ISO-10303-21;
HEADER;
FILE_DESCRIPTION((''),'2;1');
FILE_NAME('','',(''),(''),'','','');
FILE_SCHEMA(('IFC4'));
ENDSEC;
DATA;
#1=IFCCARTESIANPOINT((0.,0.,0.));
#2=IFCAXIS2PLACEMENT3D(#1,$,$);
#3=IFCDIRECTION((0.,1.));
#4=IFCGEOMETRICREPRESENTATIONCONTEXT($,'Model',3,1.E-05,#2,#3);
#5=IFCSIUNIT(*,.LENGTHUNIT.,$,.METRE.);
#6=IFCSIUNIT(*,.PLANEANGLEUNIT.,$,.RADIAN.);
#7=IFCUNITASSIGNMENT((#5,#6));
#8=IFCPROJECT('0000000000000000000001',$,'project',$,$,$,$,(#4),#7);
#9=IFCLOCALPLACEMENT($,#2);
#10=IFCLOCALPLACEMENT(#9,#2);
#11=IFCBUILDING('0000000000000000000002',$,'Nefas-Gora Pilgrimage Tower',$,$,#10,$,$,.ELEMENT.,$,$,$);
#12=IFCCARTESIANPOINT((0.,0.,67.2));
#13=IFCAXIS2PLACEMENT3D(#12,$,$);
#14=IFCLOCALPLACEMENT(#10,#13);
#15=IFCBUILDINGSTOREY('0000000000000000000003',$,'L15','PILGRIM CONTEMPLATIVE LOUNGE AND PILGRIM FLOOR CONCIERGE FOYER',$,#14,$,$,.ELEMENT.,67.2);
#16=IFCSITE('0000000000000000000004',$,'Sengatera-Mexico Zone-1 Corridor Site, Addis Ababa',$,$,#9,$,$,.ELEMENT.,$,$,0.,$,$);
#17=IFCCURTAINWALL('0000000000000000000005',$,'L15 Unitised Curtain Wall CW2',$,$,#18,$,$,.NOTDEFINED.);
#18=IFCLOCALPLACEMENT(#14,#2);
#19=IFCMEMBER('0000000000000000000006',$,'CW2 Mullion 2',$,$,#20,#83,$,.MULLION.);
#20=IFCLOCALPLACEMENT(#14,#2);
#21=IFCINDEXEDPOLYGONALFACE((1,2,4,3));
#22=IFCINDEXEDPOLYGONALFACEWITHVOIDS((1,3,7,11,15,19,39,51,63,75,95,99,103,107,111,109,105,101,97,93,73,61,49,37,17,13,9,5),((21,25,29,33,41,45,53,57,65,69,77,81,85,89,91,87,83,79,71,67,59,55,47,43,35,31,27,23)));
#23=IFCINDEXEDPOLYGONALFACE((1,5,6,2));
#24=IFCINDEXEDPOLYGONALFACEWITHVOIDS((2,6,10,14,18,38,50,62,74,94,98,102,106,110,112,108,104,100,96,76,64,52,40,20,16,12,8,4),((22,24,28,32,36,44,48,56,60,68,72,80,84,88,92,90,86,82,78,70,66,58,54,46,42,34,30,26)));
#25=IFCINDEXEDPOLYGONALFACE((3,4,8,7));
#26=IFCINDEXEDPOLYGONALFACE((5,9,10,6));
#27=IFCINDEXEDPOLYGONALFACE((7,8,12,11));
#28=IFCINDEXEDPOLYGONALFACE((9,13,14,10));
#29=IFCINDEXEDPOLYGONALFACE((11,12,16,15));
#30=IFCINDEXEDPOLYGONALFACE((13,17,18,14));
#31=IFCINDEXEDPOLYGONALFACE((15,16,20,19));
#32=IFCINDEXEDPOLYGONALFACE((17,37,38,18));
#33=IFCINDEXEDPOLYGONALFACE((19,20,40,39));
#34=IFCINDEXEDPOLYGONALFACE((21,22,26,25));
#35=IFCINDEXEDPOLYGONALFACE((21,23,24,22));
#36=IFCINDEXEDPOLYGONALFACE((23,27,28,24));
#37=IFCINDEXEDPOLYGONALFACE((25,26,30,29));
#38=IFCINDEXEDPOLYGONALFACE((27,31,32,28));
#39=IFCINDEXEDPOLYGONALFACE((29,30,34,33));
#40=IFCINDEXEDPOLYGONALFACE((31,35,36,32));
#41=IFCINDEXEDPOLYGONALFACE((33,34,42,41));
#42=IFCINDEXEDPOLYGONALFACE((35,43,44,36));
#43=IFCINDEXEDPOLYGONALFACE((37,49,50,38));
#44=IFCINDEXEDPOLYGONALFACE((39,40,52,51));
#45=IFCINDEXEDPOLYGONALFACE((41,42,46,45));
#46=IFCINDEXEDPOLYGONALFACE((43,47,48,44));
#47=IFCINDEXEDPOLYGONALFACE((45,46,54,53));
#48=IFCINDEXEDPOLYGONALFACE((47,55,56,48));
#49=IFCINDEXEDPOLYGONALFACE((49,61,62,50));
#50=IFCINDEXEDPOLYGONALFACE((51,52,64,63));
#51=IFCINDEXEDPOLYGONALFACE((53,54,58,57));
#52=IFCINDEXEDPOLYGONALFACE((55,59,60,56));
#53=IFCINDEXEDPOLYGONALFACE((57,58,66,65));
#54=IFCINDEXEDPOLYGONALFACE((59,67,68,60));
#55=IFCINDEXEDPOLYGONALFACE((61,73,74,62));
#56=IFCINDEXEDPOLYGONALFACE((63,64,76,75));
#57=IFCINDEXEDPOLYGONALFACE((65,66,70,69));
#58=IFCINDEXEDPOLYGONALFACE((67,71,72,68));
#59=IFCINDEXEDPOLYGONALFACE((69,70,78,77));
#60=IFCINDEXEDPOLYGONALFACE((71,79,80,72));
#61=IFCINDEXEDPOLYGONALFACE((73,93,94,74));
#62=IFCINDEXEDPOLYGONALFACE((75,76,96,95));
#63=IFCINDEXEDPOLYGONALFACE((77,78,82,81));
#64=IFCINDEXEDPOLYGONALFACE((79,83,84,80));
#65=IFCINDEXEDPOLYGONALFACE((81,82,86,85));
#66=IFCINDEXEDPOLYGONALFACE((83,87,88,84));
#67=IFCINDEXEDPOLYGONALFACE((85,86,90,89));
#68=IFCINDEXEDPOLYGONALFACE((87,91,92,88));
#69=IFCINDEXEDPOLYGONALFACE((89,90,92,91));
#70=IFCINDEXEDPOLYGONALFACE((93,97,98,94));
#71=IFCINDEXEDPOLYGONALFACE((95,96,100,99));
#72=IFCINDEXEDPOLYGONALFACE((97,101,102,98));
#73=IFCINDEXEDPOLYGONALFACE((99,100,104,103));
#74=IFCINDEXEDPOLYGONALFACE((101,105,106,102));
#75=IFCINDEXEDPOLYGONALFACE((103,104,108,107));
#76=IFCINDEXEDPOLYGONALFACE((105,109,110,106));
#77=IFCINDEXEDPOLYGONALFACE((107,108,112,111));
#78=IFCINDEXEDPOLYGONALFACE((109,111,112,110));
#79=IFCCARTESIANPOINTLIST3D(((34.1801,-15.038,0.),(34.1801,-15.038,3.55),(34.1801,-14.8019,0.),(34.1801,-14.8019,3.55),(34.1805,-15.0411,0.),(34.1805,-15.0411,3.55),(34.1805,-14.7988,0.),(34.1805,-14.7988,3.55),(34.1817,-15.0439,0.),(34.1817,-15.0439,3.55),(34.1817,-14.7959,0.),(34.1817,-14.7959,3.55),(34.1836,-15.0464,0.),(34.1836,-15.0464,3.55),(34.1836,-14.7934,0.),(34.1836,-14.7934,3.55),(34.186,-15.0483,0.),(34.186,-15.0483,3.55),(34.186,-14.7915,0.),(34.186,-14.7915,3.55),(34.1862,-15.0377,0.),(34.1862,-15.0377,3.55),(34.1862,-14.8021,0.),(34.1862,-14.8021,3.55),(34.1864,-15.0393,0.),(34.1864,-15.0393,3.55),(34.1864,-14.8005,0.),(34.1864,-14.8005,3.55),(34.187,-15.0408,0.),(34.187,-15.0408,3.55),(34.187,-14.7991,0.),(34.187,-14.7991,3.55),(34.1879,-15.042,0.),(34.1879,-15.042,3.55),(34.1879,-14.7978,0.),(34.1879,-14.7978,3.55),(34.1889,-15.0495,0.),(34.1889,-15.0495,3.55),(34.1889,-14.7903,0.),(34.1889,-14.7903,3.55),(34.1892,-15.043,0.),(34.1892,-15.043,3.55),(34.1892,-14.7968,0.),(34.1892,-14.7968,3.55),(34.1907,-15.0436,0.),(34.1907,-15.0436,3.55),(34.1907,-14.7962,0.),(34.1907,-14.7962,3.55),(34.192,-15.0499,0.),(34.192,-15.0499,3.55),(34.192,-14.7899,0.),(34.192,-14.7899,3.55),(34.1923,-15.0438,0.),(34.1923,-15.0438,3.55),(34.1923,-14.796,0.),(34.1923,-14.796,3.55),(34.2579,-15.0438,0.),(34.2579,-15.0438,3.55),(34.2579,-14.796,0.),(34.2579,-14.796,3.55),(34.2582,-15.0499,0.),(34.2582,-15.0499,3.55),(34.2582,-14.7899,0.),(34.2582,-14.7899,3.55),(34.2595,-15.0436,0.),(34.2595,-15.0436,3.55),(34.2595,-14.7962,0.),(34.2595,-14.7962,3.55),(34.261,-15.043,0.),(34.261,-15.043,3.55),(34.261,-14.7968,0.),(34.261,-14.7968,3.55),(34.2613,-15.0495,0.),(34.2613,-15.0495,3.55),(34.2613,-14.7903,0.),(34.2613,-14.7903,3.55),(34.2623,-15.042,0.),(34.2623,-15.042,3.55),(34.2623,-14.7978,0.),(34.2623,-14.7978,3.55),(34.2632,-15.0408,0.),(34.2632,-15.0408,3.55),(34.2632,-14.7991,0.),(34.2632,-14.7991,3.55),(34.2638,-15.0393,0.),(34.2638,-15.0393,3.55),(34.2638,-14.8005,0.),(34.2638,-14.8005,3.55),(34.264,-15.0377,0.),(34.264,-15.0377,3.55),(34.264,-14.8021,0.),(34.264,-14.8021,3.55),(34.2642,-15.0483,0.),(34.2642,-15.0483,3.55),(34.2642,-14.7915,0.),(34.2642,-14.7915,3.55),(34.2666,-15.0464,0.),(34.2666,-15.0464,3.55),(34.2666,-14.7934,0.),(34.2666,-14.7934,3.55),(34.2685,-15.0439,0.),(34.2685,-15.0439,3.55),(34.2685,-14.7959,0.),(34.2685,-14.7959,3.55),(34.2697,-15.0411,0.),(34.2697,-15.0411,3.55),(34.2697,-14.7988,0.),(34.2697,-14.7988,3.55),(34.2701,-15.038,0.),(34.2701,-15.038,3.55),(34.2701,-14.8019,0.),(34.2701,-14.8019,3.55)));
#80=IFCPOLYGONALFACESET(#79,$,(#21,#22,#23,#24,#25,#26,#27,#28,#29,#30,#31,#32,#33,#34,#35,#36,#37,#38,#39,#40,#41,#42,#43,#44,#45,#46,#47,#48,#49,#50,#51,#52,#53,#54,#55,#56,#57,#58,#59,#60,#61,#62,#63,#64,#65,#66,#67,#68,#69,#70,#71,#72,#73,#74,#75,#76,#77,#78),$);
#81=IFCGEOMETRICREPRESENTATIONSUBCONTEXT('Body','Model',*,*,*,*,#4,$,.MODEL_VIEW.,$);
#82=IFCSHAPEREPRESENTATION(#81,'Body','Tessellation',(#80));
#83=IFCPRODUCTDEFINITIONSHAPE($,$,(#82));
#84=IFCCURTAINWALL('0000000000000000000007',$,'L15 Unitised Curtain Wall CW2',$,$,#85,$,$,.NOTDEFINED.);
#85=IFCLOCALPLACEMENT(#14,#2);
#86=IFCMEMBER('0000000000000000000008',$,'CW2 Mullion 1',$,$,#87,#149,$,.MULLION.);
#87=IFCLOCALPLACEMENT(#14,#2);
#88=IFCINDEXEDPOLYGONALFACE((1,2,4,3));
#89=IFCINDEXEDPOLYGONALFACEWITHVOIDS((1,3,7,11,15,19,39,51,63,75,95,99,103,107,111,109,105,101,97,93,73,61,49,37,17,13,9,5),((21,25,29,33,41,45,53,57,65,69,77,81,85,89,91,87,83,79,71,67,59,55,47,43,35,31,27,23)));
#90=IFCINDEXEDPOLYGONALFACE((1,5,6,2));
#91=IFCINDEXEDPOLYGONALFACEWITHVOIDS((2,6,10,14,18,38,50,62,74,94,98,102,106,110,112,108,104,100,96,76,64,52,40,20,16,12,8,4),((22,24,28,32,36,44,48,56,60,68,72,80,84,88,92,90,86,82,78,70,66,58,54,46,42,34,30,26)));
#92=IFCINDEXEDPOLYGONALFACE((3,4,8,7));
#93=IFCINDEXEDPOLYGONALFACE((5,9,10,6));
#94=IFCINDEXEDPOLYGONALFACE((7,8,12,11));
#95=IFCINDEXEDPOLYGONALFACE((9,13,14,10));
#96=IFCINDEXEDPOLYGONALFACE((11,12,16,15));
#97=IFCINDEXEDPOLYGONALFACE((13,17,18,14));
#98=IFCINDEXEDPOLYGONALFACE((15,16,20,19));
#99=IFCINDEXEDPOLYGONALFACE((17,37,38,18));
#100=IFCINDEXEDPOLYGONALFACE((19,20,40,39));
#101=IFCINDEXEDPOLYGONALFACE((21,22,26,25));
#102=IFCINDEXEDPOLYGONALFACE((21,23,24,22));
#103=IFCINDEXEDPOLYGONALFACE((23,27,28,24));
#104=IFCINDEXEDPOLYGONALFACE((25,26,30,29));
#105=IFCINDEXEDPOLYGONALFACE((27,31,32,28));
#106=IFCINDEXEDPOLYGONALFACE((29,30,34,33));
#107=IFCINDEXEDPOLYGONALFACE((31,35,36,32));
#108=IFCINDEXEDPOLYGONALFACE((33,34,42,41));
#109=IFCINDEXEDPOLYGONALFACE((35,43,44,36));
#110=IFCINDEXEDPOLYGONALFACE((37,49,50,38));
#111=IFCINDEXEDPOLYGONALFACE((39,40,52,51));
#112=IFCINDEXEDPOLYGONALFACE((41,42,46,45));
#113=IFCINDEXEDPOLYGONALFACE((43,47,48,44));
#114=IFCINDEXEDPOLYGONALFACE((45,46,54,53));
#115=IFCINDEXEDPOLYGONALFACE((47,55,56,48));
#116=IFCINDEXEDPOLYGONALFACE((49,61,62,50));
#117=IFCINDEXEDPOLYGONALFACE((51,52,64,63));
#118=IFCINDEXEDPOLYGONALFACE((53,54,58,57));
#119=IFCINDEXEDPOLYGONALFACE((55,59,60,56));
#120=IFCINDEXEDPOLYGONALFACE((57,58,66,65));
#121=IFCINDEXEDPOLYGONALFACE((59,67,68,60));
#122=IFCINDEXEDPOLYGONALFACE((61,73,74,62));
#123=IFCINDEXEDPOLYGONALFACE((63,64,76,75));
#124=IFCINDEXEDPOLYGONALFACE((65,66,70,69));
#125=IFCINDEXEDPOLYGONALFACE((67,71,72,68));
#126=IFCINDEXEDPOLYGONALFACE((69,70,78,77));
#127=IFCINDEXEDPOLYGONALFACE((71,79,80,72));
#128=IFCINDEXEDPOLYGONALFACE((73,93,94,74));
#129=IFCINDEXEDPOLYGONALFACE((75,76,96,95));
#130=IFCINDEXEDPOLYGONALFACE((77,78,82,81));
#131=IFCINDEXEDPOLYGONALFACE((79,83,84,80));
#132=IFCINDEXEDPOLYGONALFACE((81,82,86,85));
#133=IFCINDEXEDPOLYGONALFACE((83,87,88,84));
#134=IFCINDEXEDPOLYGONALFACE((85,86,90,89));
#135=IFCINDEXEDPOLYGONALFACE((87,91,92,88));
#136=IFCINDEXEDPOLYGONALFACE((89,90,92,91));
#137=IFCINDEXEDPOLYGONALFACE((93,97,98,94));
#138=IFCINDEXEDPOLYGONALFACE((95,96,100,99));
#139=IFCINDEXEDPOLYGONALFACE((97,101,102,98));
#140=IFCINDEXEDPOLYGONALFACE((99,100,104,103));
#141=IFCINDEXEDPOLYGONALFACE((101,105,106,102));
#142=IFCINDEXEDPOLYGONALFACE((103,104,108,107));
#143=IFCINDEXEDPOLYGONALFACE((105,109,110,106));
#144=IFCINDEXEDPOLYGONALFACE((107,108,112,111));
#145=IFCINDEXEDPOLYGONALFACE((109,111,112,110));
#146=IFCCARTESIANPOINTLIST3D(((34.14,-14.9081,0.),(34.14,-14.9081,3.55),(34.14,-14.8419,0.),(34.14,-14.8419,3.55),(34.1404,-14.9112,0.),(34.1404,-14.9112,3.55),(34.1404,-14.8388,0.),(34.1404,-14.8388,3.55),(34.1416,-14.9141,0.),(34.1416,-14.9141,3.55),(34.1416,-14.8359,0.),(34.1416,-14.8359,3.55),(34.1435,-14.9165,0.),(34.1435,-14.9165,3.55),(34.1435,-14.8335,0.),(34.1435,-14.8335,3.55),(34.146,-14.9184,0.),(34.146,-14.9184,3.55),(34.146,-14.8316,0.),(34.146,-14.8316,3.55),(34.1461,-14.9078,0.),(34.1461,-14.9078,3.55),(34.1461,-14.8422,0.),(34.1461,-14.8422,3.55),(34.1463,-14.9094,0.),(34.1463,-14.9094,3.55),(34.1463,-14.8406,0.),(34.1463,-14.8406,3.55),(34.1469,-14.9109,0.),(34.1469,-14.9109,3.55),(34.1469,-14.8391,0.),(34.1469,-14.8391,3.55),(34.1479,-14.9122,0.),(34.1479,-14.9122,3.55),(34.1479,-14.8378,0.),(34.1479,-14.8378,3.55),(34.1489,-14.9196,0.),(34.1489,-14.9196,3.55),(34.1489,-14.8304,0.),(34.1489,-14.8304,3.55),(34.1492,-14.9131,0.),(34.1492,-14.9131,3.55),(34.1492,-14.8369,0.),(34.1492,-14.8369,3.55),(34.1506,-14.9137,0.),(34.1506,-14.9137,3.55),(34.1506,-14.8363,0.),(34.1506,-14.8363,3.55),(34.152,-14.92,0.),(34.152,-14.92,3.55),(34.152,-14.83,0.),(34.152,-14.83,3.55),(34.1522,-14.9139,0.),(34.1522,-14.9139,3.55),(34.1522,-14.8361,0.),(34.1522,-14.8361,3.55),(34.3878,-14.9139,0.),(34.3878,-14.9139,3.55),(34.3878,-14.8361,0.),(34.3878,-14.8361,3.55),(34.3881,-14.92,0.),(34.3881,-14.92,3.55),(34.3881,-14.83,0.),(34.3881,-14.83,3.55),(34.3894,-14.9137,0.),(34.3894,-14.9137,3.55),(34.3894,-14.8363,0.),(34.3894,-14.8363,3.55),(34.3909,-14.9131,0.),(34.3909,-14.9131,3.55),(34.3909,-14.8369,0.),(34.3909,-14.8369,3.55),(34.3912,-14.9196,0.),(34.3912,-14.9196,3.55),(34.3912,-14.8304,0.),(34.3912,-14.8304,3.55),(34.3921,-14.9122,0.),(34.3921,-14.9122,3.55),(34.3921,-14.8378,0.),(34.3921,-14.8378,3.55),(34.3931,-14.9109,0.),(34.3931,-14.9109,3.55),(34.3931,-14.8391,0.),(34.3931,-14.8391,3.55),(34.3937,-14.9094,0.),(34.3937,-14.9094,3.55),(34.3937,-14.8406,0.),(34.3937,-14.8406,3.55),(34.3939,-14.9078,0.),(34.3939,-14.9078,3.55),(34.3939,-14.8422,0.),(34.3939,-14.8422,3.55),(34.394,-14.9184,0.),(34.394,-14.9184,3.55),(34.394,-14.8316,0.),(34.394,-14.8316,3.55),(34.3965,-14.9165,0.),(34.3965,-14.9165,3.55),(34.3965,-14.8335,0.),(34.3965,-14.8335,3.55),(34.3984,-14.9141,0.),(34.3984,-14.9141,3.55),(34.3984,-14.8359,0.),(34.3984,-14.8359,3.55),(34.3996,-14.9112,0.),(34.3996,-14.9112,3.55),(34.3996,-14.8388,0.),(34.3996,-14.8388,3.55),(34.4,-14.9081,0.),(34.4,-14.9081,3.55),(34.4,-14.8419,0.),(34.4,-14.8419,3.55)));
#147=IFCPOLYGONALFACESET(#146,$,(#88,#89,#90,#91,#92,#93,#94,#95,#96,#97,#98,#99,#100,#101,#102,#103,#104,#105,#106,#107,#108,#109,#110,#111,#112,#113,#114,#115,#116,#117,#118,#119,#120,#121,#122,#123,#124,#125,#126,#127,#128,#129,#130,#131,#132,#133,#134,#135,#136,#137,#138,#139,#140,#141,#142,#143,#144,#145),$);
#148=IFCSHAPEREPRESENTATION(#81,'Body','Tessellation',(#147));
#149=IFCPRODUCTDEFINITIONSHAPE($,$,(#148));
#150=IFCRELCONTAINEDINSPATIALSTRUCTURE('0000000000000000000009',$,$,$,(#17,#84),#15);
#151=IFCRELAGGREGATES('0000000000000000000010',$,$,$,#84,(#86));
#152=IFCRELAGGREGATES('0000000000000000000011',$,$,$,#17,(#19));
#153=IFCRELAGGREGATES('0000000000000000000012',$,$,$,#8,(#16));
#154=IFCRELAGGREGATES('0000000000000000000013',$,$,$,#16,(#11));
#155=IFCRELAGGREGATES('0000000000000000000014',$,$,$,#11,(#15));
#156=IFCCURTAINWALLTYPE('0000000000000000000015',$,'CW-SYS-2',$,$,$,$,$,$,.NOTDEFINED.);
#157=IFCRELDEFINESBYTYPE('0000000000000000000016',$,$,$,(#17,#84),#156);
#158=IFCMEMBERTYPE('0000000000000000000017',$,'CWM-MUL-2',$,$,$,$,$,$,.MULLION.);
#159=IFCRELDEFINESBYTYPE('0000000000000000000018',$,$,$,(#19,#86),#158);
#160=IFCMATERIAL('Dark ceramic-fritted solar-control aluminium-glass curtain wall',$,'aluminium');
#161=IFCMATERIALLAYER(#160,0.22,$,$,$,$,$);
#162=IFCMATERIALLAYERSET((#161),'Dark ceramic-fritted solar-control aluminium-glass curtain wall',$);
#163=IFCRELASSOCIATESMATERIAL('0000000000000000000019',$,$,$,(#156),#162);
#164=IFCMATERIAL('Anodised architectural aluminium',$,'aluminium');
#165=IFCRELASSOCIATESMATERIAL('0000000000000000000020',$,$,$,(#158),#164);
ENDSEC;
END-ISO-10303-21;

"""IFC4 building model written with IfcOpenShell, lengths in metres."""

from ifc_helpers import new_model, si_unit, direction, frame, origin, origin_2d, place, context, subcontext, project, spatial, hollow_rectangle, extrude, source, transform, mapped, material, layer, layer_set, material_profile, profile_set, type_object, element, aggregate, save


model = new_model("IFC4")

# Units and contexts
model_context = context("Model", 3, precision=1e-05, world=origin(), true_north=direction((0.0, 1.0)))
body_context = subcontext(model_context, "Body", "Model", "MODEL_VIEW")
ifc_project = project(units=[si_unit("LENGTHUNIT", "METRE"), si_unit("PLANEANGLEUNIT", "RADIAN")], contexts=[model_context])

# Site, building, storey
site_placement = place(None, origin())
site = spatial("IfcSite", under=ifc_project, at=site_placement, Name="Sengatera-Mexico Zone-1 Corridor Site, Addis Ababa", CompositionType="ELEMENT", RefElevation=0.0)
building_placement = place(site_placement, origin())
building = spatial("IfcBuilding", under=site, at=building_placement, Name="Nefas-Gora Pilgrimage Tower", CompositionType="ELEMENT")
storey_placement = place(building_placement, frame((0.0, 0.0, 67.2)))
storey = spatial("IfcBuildingStorey", under=building, at=storey_placement, Name="L15", Description="PILGRIM CONTEMPLATIVE LOUNGE AND PILGRIM FLOOR CONCIERGE FOYER", CompositionType="ELEMENT", Elevation=67.2)

# Shared definitions
ifc_material_1 = material(Name="Dark ceramic-fritted solar-control aluminium-glass curtain wall", Category="aluminium")
ifc_layer_1 = layer(ifc_material_1, 0.22)
ifc_layer_set_1 = layer_set([ifc_layer_1], Name="Dark ceramic-fritted solar-control aluminium-glass curtain wall")
curtain_wall_type = type_object("IfcCurtainWallType", Name="CW-SYS-2", PredefinedType="NOTDEFINED", material=ifc_layer_set_1)
ifc_material_2 = material(Name="Anodised architectural aluminium", Category="aluminium")
ifc_material_profile_1 = material_profile(ifc_material_2, hollow_rectangle(XDim=0.0901, YDim=0.26, WallThickness=0.0061, InnerFilletRadius=0.0061, OuterFilletRadius=0.012, at=origin_2d()), Name="ALU MULLION 90x260")
ifc_profile_set_1 = profile_set([ifc_material_profile_1], Name="Anodised architectural aluminium")
member_type_1 = type_object("IfcMemberType", Name="CWM-MUL-2", PredefinedType="MULLION", material=ifc_profile_set_1)
shared_shape_1 = source(origin(), body_context, "Body", "SweptSolid", [
    extrude(hollow_rectangle(XDim=0.0901, YDim=0.26, WallThickness=0.0061, InnerFilletRadius=0.0061, OuterFilletRadius=0.012, at=origin_2d()), origin(), (0.0, 0.0, 1.0), 3.55),
])

# Curtain wall, member
curtain_wall_1_placement = place(storey_placement, origin())
curtain_wall_1 = element("IfcCurtainWall", 1, at=curtain_wall_1_placement, inside=storey, type_object=curtain_wall_type, Name="L15 Unitised Curtain Wall CW2", PredefinedType="NOTDEFINED")
member_1_placement = place(storey_placement, frame((34.2251, -14.9199, 0.0), z_axis=(0.0, 0.0, 1.0), x_axis=(1.0, 0.0, 0.0)))
member_1 = element("IfcMember", 2, at=member_1_placement, type_object=member_type_1, Name="CW2 Mullion 2", PredefinedType="MULLION", context=body_context, shape_type="MappedRepresentation", body=[
    mapped(shared_shape_1, transform((0.0, 0.0, 0.0), x_axis=(1.0, 0.0, 0.0), y_axis=(0.0, 1.0, 0.0), z_axis=(0.0, 0.0, 1.0), scale=1.0)),
])

# Curtain wall, member
curtain_wall_2_placement = place(storey_placement, origin())
curtain_wall_2 = element("IfcCurtainWall", 3, at=curtain_wall_2_placement, inside=storey, type_object=curtain_wall_type, Name="L15 Unitised Curtain Wall CW2", PredefinedType="NOTDEFINED")
member_2_placement = place(storey_placement, frame((34.27, -14.875, 0.0), z_axis=(0.0, 0.0, 1.0), x_axis=(0.0, 1.0, 0.0)))
member_2 = element("IfcMember", 4, at=member_2_placement, type_object=member_type_1, Name="CW2 Mullion 1", PredefinedType="MULLION", context=body_context, shape_type="MappedRepresentation", body=[
    mapped(shared_shape_1, transform((0.0, 0.0, 0.0), x_axis=(1.0, 0.0, 0.0), y_axis=(0.0, 1.0, 0.0), z_axis=(0.0, 0.0, 1.0), scale=1.0)),
])

aggregate(curtain_wall_2, [member_2])

aggregate(curtain_wall_1, [member_1])

save(model, "model.ifc")
